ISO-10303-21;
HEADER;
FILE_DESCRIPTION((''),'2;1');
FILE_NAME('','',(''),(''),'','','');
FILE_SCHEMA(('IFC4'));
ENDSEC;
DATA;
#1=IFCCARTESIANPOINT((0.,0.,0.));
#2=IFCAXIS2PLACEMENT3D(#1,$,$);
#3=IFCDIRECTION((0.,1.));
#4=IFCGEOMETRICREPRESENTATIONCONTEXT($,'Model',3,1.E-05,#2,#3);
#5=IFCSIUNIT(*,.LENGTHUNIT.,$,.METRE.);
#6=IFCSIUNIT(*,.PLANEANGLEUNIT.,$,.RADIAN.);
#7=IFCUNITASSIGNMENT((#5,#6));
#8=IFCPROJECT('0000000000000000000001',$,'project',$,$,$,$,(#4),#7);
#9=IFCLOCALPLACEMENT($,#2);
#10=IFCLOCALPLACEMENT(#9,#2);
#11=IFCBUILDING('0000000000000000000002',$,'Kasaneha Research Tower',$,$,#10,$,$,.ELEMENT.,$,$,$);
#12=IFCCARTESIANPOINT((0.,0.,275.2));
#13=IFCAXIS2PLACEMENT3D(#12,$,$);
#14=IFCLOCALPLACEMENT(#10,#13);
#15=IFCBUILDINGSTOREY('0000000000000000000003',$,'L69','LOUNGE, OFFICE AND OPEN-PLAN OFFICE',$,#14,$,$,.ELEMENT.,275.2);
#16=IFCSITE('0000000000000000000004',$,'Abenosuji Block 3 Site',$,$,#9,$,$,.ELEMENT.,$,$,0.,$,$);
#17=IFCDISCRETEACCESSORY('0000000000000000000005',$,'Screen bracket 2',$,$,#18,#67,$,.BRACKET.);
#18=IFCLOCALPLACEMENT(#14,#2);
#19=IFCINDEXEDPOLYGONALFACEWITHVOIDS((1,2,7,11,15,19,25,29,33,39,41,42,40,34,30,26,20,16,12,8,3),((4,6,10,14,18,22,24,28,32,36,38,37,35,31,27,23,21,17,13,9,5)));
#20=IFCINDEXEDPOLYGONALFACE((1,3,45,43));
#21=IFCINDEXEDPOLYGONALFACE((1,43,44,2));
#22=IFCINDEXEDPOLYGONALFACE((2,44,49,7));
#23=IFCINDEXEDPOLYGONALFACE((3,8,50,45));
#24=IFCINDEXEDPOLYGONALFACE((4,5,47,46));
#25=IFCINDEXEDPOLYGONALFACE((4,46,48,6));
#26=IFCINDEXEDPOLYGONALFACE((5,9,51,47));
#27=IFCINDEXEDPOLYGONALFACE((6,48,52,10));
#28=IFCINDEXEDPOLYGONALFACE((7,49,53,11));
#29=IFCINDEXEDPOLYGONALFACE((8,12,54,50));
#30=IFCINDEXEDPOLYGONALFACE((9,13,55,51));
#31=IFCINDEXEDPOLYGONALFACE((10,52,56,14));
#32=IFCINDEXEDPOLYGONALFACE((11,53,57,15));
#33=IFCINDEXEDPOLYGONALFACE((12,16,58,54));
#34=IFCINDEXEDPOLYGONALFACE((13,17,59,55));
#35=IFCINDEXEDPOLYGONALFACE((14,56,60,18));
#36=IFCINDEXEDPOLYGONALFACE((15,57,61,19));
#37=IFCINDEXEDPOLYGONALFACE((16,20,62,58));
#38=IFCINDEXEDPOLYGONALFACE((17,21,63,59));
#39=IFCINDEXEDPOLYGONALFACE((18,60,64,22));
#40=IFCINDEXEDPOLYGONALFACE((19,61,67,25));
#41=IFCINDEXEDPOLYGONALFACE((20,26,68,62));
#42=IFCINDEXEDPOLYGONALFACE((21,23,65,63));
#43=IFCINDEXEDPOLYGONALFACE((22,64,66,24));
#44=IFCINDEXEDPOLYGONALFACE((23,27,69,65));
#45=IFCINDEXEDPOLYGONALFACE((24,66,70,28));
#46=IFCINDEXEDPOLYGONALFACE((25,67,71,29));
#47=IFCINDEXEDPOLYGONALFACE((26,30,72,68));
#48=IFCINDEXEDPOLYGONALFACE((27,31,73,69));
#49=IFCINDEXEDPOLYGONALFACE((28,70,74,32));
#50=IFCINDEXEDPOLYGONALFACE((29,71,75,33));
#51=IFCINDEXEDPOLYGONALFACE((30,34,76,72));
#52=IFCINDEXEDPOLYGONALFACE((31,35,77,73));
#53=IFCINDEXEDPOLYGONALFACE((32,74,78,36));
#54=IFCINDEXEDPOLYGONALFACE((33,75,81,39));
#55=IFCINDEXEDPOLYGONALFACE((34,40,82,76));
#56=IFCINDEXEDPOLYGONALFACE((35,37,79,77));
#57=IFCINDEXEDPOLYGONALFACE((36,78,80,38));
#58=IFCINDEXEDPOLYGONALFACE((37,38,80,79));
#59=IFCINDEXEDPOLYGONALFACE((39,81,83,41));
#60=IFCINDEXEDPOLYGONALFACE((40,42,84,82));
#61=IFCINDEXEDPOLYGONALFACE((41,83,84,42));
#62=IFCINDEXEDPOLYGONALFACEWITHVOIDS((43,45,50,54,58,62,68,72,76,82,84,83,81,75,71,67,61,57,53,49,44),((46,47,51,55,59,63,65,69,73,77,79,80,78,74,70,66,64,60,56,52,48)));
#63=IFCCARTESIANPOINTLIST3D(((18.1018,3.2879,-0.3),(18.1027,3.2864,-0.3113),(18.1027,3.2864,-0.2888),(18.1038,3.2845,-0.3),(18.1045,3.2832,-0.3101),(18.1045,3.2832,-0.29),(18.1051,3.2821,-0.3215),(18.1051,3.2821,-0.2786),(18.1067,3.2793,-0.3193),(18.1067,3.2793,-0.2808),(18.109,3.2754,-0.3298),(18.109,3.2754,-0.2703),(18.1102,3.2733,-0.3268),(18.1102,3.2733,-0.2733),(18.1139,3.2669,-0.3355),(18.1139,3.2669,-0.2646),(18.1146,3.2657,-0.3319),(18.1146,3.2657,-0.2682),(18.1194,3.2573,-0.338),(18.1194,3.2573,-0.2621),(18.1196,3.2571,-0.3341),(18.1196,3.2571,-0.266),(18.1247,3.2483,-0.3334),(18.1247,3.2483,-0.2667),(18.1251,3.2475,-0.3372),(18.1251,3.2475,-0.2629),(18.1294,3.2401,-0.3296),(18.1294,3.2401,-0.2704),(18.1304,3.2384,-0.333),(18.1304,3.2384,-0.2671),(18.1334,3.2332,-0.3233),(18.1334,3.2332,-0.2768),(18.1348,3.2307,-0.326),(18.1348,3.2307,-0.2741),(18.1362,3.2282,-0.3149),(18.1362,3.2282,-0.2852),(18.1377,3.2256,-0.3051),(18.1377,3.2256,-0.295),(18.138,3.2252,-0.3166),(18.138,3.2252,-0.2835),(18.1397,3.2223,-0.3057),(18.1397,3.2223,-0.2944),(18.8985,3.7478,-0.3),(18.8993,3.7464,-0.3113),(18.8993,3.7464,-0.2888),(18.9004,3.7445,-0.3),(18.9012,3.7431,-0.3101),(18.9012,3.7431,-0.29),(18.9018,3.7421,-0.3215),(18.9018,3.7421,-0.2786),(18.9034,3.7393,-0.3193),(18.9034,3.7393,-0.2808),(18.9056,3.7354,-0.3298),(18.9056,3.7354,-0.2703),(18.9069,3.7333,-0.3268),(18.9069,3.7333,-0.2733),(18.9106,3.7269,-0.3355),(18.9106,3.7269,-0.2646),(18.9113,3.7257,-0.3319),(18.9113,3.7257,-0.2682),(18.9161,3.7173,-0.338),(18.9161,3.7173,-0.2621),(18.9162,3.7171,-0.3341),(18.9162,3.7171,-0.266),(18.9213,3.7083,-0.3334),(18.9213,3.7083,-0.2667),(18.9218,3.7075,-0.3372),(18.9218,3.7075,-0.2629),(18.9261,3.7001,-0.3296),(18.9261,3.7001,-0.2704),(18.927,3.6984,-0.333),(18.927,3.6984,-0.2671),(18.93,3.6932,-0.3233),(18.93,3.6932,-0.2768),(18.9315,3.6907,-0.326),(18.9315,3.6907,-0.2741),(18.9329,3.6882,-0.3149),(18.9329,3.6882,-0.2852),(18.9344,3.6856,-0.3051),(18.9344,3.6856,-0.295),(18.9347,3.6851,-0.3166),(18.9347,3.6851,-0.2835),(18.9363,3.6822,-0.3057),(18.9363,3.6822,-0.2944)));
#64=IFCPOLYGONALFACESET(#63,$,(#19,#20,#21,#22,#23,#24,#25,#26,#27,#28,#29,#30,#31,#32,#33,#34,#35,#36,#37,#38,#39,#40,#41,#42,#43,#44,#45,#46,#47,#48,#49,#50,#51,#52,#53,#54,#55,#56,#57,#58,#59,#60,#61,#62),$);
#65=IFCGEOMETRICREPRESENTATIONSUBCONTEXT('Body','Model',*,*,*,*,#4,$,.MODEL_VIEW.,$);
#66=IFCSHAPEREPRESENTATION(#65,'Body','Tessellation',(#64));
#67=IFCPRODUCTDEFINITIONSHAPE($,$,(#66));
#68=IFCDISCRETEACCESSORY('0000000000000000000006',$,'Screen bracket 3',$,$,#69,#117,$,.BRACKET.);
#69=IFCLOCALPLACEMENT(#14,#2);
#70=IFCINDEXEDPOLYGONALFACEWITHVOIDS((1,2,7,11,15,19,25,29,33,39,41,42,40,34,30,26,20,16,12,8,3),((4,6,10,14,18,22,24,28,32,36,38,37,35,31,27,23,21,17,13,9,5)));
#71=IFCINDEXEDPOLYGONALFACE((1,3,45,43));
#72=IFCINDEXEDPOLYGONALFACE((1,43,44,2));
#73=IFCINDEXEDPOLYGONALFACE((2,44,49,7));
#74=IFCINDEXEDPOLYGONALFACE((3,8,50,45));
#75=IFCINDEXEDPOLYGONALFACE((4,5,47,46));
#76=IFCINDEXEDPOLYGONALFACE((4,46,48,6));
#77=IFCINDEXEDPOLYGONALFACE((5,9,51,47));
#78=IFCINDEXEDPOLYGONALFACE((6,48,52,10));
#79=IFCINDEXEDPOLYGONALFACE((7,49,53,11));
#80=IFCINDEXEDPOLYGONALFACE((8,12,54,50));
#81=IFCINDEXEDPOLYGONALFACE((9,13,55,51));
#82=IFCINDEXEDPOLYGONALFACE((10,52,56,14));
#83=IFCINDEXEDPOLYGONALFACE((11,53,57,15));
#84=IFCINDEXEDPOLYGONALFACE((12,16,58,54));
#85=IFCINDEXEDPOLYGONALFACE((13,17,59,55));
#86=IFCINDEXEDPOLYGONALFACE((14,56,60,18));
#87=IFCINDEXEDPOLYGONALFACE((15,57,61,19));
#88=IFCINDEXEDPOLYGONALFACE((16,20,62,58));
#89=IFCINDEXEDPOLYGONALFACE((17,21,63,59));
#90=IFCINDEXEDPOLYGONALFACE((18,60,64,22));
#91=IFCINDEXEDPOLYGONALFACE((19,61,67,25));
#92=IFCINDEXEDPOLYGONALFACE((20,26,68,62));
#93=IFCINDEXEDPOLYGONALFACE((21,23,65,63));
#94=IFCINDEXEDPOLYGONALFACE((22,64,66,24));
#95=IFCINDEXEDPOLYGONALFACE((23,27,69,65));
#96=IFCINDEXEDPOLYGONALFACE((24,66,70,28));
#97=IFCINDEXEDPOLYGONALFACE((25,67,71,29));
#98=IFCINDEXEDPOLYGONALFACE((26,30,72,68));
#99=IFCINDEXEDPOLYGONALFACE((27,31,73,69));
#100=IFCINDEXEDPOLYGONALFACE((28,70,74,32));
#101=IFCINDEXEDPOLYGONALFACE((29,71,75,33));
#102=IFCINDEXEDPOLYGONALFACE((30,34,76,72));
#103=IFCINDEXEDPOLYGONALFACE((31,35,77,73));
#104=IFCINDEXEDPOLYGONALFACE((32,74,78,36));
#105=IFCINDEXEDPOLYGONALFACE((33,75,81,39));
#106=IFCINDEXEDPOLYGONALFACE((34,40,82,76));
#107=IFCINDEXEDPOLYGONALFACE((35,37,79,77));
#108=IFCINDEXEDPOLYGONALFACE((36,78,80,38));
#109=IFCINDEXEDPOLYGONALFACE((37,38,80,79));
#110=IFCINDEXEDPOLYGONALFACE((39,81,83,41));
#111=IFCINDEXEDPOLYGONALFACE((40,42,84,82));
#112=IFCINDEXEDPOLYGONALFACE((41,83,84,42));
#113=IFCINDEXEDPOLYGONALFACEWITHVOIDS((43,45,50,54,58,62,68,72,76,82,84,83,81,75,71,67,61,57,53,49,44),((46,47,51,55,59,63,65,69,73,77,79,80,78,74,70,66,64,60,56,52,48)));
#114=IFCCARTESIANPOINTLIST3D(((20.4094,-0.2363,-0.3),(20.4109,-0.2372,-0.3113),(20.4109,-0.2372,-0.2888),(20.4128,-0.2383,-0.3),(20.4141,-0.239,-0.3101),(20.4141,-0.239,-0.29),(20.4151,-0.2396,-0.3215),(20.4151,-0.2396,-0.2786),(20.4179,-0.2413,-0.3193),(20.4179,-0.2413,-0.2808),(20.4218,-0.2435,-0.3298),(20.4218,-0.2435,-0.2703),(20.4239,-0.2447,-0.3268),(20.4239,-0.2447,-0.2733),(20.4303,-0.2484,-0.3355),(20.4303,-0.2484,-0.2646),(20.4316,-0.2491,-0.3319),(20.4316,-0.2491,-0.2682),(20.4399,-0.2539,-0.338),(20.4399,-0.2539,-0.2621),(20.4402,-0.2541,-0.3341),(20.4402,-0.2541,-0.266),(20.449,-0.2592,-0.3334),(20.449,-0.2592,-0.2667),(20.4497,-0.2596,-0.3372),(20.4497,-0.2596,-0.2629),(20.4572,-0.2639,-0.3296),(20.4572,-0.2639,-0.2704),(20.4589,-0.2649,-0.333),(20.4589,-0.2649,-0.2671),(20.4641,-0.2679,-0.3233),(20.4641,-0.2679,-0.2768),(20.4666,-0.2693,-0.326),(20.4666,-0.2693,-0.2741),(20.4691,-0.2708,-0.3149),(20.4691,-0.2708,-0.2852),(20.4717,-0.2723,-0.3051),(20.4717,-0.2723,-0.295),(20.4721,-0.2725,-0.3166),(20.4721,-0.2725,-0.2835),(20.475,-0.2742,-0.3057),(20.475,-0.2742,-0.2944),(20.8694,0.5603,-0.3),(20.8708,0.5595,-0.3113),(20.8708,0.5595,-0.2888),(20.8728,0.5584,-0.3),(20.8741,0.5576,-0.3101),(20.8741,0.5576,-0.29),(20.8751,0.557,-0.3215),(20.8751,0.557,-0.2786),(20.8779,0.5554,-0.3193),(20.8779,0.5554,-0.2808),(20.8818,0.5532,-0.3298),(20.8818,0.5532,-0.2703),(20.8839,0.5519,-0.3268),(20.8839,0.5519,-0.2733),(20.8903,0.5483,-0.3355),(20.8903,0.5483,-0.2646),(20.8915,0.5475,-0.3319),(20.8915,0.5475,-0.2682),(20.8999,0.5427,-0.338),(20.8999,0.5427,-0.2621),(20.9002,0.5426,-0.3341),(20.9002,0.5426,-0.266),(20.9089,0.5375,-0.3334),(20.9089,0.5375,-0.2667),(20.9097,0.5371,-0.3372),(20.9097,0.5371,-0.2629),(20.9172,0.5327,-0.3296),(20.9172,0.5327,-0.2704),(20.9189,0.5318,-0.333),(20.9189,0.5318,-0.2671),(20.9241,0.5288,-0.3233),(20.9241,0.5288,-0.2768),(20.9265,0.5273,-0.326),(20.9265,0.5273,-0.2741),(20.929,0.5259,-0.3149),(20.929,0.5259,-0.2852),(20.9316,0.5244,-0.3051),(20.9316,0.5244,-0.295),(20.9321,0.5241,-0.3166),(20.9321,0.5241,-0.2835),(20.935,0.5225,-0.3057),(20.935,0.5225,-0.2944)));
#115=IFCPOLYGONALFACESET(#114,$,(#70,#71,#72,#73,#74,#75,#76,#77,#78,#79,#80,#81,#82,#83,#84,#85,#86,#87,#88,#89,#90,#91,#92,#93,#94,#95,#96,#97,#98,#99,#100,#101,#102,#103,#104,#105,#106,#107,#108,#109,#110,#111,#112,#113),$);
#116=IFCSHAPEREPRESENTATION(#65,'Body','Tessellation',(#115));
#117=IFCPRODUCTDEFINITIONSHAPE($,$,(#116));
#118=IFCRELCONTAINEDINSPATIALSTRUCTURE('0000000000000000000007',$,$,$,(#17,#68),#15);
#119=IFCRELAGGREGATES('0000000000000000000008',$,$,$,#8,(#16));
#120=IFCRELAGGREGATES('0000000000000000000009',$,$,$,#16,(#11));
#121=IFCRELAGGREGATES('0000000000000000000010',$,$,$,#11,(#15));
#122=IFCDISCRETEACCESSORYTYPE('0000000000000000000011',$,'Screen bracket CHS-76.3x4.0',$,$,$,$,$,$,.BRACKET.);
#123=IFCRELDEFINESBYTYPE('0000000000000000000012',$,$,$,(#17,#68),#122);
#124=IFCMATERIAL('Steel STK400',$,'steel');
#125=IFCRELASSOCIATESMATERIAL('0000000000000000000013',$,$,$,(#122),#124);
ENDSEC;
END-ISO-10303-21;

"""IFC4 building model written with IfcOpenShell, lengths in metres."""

from ifc_helpers import new_model, si_unit, direction, frame, origin, origin_2d, place, context, subcontext, project, spatial, hollow_circle, extrude, material, material_profile, profile_set, type_object, element, save


model = new_model("IFC4")

# Units and contexts
model_context = context("Model", 3, precision=1e-05, world=origin(), true_north=direction((0.0, 1.0)))
body_context = subcontext(model_context, "Body", "Model", "MODEL_VIEW")
ifc_project = project(units=[si_unit("LENGTHUNIT", "METRE"), si_unit("PLANEANGLEUNIT", "RADIAN")], contexts=[model_context])

# Site, building, storey
site_placement = place(None, origin())
site = spatial("IfcSite", under=ifc_project, at=site_placement, Name="Abenosuji Block 3 Site", CompositionType="ELEMENT", RefElevation=0.0)
building_placement = place(site_placement, origin())
building = spatial("IfcBuilding", under=site, at=building_placement, Name="Kasaneha Research Tower", CompositionType="ELEMENT")
storey_placement = place(building_placement, frame((0.0, 0.0, 275.2)))
storey = spatial("IfcBuildingStorey", under=building, at=storey_placement, Name="L69", Description="LOUNGE, OFFICE AND OPEN-PLAN OFFICE", CompositionType="ELEMENT", Elevation=275.2)

# Discrete accessories
ifc_material_1 = material(Name="Steel STK400", Category="steel")
ifc_material_profile_1 = material_profile(ifc_material_1, hollow_circle(Radius=0.0381, WallThickness=0.0039, at=origin_2d()), Name="CHS-76.3x4.0")
ifc_profile_set_1 = profile_set([ifc_material_profile_1], Name="Steel STK400")
discrete_accessory_type = type_object("IfcDiscreteAccessoryType", Name="Screen bracket CHS-76.3x4.0", PredefinedType="BRACKET", material=ifc_profile_set_1)
for number, where, z_axis, x_axis, name in (
    (1, (18.1208, 3.2549, -0.3), (0.866013, 0.500021, 0.0), (-0.500021, 0.866013, 0.0), "Screen bracket 2"),
    (2, (20.4424, -0.2554, -0.3), (0.500021, 0.866013, 0.0), (-0.866013, 0.500021, 0.0), "Screen bracket 3"),
):
    element("IfcDiscreteAccessory", number, at=place(storey_placement, frame(where, z_axis=z_axis, x_axis=x_axis)), inside=storey, type_object=discrete_accessory_type, Name=name, PredefinedType="BRACKET", context=body_context, shape_type="SweptSolid", body=[
        extrude(hollow_circle(Radius=0.0381, WallThickness=0.0039, at=origin_2d()), origin(), (0.0, 0.0, 1.0), 0.9199),
    ])

save(model, "model.ifc")
